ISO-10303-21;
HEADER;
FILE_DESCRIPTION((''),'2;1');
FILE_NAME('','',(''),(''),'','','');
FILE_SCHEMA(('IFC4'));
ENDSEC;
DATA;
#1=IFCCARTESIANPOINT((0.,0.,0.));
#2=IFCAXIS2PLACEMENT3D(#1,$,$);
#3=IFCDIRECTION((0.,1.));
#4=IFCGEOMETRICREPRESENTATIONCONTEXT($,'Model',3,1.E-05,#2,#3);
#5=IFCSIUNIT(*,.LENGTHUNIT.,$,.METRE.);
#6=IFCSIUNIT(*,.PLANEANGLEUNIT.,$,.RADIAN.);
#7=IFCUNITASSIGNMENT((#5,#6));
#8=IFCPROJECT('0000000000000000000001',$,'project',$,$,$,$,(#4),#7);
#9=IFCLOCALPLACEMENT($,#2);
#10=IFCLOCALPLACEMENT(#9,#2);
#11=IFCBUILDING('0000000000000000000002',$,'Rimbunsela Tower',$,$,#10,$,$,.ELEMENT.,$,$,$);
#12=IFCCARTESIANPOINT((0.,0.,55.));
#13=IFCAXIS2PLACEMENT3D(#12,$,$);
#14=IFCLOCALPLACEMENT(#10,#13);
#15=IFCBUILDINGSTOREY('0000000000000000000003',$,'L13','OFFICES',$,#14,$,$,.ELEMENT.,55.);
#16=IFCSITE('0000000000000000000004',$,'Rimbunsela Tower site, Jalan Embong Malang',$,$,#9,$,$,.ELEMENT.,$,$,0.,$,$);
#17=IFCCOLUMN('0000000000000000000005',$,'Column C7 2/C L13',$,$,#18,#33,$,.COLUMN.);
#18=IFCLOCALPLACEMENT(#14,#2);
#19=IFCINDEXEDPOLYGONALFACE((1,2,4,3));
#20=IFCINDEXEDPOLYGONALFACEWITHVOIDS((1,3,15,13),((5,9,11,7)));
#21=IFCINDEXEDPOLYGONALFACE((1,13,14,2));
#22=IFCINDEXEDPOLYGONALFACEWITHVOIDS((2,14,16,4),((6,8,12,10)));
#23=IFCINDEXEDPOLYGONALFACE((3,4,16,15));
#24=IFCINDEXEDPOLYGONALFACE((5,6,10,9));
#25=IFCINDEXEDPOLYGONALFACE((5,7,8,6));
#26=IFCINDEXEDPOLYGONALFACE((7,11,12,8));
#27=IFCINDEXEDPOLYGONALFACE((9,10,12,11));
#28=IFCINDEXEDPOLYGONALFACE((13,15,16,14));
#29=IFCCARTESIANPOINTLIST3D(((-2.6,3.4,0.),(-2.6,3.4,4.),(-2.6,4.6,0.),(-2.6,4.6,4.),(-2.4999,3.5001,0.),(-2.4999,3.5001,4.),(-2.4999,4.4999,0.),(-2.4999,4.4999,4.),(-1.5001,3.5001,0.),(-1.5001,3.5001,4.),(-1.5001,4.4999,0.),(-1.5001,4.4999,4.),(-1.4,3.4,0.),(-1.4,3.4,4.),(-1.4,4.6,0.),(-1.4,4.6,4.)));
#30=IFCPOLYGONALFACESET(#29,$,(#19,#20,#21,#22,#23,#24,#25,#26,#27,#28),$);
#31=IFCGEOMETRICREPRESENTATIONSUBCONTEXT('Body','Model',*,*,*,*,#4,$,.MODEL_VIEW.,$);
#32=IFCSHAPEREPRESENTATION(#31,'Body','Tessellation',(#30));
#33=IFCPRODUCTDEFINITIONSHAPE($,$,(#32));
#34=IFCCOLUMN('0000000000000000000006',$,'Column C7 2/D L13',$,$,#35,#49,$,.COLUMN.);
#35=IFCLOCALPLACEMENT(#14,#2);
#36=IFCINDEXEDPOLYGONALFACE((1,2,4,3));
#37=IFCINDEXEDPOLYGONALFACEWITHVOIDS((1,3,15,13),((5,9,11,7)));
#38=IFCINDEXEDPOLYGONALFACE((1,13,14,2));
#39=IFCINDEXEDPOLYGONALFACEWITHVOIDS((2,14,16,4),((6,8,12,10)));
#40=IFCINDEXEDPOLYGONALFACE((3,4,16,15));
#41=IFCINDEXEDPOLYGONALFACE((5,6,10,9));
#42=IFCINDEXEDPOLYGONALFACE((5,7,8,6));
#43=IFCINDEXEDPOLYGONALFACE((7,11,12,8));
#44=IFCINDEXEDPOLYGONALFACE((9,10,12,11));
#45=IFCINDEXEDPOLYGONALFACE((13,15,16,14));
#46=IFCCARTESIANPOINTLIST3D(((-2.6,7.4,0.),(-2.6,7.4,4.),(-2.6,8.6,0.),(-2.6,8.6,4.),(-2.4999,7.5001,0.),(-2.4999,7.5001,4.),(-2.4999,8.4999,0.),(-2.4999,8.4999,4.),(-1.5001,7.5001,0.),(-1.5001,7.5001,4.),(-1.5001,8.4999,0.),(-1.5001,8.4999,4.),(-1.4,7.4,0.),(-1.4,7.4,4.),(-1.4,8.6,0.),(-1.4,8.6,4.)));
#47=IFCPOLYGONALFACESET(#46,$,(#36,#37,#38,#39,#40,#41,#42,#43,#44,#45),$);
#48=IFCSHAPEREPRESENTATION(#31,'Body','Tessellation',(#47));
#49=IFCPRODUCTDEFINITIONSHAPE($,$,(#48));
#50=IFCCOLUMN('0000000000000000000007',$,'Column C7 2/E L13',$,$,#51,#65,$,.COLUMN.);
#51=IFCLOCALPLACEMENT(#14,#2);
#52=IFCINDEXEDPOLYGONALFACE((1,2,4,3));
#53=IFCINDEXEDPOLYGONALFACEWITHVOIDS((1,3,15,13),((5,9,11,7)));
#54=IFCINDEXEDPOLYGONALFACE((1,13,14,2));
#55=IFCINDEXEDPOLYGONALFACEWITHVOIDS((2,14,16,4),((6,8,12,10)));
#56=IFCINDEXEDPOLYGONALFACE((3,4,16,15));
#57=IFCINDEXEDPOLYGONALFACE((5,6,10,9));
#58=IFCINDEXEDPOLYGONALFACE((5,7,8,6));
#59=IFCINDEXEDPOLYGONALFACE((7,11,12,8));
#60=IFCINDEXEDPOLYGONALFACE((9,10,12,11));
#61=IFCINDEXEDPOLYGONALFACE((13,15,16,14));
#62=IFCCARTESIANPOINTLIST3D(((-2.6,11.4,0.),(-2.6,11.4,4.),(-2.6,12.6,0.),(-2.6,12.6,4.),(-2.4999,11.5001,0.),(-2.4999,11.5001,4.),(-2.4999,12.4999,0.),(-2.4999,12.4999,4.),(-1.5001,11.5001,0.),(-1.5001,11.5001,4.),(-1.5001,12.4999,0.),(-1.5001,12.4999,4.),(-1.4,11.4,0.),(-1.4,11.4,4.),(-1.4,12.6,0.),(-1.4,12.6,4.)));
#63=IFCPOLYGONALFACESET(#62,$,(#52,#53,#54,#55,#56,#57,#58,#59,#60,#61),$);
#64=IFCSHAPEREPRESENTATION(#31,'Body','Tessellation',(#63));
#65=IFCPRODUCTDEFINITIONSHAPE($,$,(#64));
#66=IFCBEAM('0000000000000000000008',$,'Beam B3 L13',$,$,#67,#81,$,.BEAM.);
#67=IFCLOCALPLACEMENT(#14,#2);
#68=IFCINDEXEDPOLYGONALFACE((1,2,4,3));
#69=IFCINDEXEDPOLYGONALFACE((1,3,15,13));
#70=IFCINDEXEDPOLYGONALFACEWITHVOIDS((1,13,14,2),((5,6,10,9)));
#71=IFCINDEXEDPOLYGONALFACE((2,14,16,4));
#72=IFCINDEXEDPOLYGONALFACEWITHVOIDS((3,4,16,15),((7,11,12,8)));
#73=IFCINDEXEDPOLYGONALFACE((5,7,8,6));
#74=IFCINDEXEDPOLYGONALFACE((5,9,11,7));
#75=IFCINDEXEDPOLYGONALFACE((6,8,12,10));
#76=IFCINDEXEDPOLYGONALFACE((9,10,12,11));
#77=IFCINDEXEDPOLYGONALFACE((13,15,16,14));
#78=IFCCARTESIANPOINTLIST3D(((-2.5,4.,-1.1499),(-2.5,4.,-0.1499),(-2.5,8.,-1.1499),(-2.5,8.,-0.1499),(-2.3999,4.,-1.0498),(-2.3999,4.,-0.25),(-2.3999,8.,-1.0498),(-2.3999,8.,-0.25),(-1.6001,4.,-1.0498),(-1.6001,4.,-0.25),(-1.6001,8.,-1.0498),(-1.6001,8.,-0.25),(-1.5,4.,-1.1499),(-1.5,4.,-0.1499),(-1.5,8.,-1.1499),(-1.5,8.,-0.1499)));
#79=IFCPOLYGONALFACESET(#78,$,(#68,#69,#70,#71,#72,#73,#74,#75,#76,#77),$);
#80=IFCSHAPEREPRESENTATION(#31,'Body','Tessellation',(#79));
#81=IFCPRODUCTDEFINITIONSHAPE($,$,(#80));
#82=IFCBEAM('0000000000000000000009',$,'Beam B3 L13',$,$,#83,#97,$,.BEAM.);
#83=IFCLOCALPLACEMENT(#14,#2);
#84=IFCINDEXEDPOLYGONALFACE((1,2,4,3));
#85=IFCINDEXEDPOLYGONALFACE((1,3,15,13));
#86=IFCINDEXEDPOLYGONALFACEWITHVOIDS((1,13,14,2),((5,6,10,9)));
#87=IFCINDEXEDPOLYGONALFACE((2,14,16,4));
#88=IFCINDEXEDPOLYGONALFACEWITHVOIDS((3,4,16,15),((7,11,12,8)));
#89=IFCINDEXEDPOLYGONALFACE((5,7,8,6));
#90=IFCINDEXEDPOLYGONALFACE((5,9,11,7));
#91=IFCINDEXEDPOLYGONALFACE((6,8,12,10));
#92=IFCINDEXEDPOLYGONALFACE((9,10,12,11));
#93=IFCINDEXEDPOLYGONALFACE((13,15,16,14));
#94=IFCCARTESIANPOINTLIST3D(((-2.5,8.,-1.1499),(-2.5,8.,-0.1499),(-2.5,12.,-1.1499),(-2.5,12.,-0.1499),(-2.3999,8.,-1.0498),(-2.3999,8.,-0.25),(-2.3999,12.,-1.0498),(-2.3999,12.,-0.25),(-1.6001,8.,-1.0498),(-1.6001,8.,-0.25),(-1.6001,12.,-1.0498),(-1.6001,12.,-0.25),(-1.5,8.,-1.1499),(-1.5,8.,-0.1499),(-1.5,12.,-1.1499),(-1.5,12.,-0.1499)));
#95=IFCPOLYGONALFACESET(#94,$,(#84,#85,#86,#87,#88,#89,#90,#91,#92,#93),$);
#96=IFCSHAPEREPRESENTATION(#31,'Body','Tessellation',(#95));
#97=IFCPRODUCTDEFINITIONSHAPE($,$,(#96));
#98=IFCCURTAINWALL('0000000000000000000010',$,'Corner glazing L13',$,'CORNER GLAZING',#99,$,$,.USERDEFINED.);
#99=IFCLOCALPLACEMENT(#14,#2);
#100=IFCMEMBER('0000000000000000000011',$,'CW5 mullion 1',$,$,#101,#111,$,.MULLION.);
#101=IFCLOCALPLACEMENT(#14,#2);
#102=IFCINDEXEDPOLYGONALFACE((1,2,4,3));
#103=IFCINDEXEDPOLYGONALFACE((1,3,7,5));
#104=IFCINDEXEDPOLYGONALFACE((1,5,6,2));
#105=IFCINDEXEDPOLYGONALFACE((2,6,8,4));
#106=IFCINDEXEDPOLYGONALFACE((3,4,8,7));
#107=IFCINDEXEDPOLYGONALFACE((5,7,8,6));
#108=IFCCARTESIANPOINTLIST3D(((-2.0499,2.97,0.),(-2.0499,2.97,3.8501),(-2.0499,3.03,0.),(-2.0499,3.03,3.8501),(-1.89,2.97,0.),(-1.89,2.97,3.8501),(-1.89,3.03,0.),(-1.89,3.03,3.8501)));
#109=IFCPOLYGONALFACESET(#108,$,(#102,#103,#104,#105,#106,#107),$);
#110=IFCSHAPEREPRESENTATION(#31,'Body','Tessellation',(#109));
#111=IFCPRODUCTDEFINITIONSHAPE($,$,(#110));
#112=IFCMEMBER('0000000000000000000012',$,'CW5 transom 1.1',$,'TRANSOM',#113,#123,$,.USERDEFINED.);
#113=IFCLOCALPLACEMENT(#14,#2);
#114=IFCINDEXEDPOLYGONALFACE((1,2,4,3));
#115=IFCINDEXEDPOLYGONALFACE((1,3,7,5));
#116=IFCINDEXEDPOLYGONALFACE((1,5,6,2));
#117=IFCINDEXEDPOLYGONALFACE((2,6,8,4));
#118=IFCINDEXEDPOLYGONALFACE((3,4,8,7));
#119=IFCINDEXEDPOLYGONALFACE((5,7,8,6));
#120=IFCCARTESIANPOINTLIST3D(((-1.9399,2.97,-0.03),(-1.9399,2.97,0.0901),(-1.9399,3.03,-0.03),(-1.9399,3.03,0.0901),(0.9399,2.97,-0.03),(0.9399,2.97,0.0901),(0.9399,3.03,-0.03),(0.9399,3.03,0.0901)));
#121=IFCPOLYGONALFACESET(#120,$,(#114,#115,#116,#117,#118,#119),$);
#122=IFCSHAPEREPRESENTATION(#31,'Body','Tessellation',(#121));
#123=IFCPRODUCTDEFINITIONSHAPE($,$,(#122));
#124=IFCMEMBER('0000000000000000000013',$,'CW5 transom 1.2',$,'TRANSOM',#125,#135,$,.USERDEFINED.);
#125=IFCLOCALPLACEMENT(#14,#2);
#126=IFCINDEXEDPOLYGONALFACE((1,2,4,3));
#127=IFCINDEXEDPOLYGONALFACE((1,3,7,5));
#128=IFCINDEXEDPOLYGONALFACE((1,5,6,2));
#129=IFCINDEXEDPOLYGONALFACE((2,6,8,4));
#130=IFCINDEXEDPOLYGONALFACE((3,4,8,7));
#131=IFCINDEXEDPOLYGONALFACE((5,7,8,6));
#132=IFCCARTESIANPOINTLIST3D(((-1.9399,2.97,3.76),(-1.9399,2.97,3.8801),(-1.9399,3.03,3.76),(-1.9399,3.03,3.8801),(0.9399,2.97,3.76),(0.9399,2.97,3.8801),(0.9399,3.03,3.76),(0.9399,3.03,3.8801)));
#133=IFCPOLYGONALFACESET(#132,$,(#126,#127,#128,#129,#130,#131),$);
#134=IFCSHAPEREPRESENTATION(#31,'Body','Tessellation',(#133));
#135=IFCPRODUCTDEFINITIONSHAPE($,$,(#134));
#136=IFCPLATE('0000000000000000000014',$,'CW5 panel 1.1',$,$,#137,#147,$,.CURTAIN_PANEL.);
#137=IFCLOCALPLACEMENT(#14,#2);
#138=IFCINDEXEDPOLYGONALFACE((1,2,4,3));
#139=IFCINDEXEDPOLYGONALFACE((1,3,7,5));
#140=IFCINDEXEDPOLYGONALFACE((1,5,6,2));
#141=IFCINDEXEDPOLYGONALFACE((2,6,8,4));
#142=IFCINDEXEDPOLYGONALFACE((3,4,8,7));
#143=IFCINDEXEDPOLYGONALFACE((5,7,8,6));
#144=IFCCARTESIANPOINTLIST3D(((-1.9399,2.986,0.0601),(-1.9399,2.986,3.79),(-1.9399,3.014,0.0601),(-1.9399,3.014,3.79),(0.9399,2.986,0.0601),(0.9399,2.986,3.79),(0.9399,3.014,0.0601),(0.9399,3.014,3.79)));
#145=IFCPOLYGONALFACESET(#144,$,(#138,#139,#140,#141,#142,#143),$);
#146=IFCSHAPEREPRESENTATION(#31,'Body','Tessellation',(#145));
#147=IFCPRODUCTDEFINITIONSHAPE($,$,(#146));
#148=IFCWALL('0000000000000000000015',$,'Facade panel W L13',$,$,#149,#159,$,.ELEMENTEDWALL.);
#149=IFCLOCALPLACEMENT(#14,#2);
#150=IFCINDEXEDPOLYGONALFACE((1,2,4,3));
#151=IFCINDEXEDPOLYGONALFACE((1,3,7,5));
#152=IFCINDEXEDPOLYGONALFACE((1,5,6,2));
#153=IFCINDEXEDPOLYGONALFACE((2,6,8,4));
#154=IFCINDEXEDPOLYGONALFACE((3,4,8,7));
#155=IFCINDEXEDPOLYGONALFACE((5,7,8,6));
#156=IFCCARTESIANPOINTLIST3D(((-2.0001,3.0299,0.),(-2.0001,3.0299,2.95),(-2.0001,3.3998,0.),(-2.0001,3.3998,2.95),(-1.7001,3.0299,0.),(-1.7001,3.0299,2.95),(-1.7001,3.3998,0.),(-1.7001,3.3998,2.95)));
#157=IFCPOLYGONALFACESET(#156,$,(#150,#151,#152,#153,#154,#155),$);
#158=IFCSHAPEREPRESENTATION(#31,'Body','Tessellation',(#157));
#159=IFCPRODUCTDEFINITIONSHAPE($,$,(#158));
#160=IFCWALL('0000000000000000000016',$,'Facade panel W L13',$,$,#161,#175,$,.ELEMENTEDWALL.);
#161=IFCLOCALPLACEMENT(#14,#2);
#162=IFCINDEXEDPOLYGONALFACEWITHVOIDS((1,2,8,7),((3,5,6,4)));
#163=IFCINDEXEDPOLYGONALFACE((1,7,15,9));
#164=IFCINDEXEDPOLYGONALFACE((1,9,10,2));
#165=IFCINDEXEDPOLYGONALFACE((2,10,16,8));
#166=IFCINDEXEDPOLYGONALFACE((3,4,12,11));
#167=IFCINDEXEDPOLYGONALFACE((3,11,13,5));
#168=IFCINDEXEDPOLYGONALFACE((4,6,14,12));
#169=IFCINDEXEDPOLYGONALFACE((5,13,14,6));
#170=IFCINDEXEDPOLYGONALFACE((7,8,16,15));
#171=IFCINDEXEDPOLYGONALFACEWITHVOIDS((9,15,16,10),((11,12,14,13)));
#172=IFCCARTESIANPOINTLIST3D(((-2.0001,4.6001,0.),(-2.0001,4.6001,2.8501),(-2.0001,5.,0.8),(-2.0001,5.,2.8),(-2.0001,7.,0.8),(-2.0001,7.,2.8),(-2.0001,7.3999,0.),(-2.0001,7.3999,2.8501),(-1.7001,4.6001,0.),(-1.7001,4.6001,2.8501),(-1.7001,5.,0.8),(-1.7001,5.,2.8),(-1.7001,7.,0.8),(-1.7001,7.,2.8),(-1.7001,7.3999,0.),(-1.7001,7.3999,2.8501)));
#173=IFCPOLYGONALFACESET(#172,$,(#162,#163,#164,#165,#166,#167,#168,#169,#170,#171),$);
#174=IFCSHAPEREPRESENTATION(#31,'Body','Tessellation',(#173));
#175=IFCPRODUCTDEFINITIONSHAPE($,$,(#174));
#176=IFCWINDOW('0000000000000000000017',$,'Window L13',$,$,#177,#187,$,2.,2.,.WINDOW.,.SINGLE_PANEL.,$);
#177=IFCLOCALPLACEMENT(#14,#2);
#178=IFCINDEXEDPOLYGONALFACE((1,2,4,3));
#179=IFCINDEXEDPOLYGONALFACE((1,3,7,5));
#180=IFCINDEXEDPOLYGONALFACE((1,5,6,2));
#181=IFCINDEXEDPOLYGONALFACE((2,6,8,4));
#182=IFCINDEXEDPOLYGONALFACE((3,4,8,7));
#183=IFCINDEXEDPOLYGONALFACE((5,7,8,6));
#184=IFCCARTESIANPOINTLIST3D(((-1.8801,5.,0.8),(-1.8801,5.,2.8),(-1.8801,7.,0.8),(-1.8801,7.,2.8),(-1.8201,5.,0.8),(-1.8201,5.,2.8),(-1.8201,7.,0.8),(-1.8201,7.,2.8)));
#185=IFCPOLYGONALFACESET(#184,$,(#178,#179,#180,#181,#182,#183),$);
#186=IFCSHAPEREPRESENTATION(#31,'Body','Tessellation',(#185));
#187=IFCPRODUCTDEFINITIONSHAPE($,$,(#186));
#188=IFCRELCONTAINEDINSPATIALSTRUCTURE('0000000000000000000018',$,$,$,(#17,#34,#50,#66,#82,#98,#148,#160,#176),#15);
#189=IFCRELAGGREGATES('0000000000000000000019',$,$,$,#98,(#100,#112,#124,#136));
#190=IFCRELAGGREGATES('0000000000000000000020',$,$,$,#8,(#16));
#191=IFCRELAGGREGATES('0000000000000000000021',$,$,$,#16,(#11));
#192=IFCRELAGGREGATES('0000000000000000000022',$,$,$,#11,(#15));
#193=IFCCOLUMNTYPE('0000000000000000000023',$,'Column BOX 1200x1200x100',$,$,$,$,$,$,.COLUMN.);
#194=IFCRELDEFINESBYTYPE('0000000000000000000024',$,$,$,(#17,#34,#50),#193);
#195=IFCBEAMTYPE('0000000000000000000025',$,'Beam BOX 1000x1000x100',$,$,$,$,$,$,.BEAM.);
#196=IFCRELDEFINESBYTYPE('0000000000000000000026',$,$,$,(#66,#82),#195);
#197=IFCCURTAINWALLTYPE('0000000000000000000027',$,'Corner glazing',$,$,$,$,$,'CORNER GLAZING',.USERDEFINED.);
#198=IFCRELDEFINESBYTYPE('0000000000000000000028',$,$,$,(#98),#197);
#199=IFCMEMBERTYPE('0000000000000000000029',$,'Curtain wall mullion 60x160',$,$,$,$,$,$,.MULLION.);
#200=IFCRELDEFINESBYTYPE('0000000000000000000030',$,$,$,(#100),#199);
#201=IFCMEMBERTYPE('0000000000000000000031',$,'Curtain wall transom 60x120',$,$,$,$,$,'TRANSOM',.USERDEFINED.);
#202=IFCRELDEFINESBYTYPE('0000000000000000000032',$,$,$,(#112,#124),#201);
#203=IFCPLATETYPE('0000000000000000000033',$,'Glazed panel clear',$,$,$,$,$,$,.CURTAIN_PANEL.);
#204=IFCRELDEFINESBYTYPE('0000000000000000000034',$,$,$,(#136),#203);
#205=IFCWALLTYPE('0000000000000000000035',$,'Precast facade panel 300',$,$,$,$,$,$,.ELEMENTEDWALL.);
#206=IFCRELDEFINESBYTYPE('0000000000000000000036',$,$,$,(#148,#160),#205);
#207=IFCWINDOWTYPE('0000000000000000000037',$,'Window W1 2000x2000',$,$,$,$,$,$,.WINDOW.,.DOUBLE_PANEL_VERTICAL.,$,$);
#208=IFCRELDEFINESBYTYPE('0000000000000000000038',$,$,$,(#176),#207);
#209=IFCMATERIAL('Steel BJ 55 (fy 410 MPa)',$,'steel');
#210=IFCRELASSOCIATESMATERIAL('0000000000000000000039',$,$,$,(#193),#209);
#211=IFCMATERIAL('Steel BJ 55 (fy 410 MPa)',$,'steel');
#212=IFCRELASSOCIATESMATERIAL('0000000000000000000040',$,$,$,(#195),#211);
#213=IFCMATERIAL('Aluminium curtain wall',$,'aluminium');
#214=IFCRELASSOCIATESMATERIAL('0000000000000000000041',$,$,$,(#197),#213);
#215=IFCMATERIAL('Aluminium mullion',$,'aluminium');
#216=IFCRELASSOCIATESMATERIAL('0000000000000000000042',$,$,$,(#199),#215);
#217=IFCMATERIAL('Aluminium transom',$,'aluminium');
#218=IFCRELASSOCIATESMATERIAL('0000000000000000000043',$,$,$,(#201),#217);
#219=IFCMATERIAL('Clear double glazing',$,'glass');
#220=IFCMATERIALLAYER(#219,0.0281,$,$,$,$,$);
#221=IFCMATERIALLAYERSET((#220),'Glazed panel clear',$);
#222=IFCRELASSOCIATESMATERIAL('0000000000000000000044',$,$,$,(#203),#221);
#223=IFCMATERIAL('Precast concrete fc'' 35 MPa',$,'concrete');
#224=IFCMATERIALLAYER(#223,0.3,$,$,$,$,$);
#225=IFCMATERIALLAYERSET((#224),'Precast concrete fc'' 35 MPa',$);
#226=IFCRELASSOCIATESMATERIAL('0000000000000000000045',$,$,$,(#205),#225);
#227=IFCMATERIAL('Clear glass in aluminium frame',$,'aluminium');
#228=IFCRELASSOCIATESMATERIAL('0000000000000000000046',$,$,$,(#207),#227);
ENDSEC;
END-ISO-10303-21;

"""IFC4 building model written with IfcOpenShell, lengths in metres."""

from ifc_helpers import new_model, si_unit, direction, frame, frame_2d, origin, origin_2d, place, context, subcontext, project, spatial, rectangle, hollow_rectangle, extrude, material, layer, layer_set, material_profile, profile_set, type_object, element, fill, aggregate, save


model = new_model("IFC4")

# Units and contexts
model_context = context("Model", 3, precision=1e-05, world=origin(), true_north=direction((0.0, 1.0)))
body_context = subcontext(model_context, "Body", "Model", "MODEL_VIEW")
ifc_project = project(units=[si_unit("LENGTHUNIT", "METRE"), si_unit("PLANEANGLEUNIT", "RADIAN")], contexts=[model_context])

# Site, building, storey
site_placement = place(None, origin())
site = spatial("IfcSite", under=ifc_project, at=site_placement, Name="Rimbunsela Tower site, Jalan Embong Malang", CompositionType="ELEMENT", RefElevation=0.0)
building_placement = place(site_placement, origin())
building = spatial("IfcBuilding", under=site, at=building_placement, Name="Rimbunsela Tower", CompositionType="ELEMENT")
storey_placement = place(building_placement, frame((0.0, 0.0, 55.0)))
storey = spatial("IfcBuildingStorey", under=building, at=storey_placement, Name="L13", Description="OFFICES", CompositionType="ELEMENT", Elevation=55.0)

# Columns
ifc_material_1 = material(Name="Steel BJ 55 (fy 410 MPa)", Category="steel")
ifc_material_profile_1 = material_profile(ifc_material_1, hollow_rectangle(XDim=1.2, YDim=1.2, WallThickness=0.1001, at=origin_2d()), Name="BOX 1200x1200x100")
ifc_profile_set_1 = profile_set([ifc_material_profile_1], Name="Steel BJ 55 (fy 410 MPa)")
column_type = type_object("IfcColumnType", Name="Column BOX 1200x1200x100", PredefinedType="COLUMN", material=ifc_profile_set_1)
for number, where, z_axis, x_axis, name in (
    (1, (-2.0, 4.0, 0.0), (0.0, 0.0, 1.0), (1.0, 0.0, 0.0), "Column C7 2/C L13"),
    (2, (-2.0, 8.0, 0.0), (0.0, 0.0, 1.0), (1.0, 0.0, 0.0), "Column C7 2/D L13"),
    (3, (-2.0, 12.0, 0.0), (0.0, 0.0, 1.0), (1.0, 0.0, 0.0), "Column C7 2/E L13"),
):
    element("IfcColumn", number, at=place(storey_placement, frame(where, z_axis=z_axis, x_axis=x_axis)), inside=storey, type_object=column_type, Name=name, PredefinedType="COLUMN", context=body_context, shape_type="SweptSolid", body=[
        extrude(hollow_rectangle(XDim=1.2, YDim=1.2, WallThickness=0.1001, at=origin_2d()), origin(), (0.0, 0.0, 1.0), 4.0),
    ])

# Beams
ifc_material_2 = material(Name="Steel BJ 55 (fy 410 MPa)", Category="steel")
ifc_material_profile_2 = material_profile(ifc_material_2, hollow_rectangle(XDim=1.0, YDim=1.0, WallThickness=0.1001, at=origin_2d()), Name="BOX 1000x1000x100")
ifc_profile_set_2 = profile_set([ifc_material_profile_2], Name="Steel BJ 55 (fy 410 MPa)")
beam_type = type_object("IfcBeamType", Name="Beam BOX 1000x1000x100", PredefinedType="BEAM", material=ifc_profile_set_2)
for number, where, z_axis, x_axis, name in (
    (4, (-2.0, 4.0, -0.6499), (0.0, 1.0, 0.0), (-1.0, 0.0, 0.0), "Beam B3 L13"),
    (5, (-2.0, 8.0, -0.6499), (0.0, 1.0, 0.0), (-1.0, 0.0, 0.0), "Beam B3 L13"),
):
    element("IfcBeam", number, at=place(storey_placement, frame(where, z_axis=z_axis, x_axis=x_axis)), inside=storey, type_object=beam_type, Name=name, PredefinedType="BEAM", context=body_context, shape_type="SweptSolid", body=[
        extrude(hollow_rectangle(XDim=1.0, YDim=1.0, WallThickness=0.1001, at=origin_2d()), origin(), (0.0, 0.0, 1.0), 4.0),
    ])

# Curtain wall, members, plate
ifc_material_3 = material(Name="Aluminium curtain wall", Category="aluminium")
curtain_wall_type = type_object("IfcCurtainWallType", Name="Corner glazing", ElementType="CORNER GLAZING", PredefinedType="USERDEFINED", material=ifc_material_3)
curtain_wall_placement = place(storey_placement, origin())
curtain_wall = element("IfcCurtainWall", 6, at=curtain_wall_placement, inside=storey, type_object=curtain_wall_type, Name="Corner glazing L13", ObjectType="CORNER GLAZING", PredefinedType="USERDEFINED")
ifc_material_4 = material(Name="Aluminium mullion", Category="aluminium")
ifc_material_profile_3 = material_profile(ifc_material_4, rectangle(XDim=0.0601, YDim=0.1599, at=origin_2d()), Name="Mullion 60x160")
ifc_profile_set_3 = profile_set([ifc_material_profile_3], Name="Aluminium mullion")
member_type_1 = type_object("IfcMemberType", Name="Curtain wall mullion 60x160", PredefinedType="MULLION", material=ifc_profile_set_3)
member_1_placement = place(storey_placement, frame((-1.97, 3.0, 0.0), z_axis=(0.0, 0.0, 1.0), x_axis=(0.0, 1.0, 0.0)))
member_1 = element("IfcMember", 7, at=member_1_placement, type_object=member_type_1, Name="CW5 mullion 1", PredefinedType="MULLION", context=body_context, shape_type="SweptSolid", body=[
    extrude(rectangle(XDim=0.0601, YDim=0.1599, at=origin_2d()), origin(), (0.0, 0.0, 1.0), 3.8501),
])
ifc_material_5 = material(Name="Aluminium transom", Category="aluminium")
ifc_material_profile_4 = material_profile(ifc_material_5, rectangle(XDim=0.0601, YDim=0.1201, at=origin_2d()), Name="Transom 60x120")
ifc_profile_set_4 = profile_set([ifc_material_profile_4], Name="Aluminium transom")
member_type_2 = type_object("IfcMemberType", Name="Curtain wall transom 60x120", ElementType="TRANSOM", PredefinedType="USERDEFINED", material=ifc_profile_set_4)
member_2_placement = place(storey_placement, frame((-1.9399, 3.0, 0.03), z_axis=(1.0, 0.0, 0.0), x_axis=(0.0, 1.0, 0.0)))
member_2 = element("IfcMember", 8, at=member_2_placement, type_object=member_type_2, Name="CW5 transom 1.1", ObjectType="TRANSOM", PredefinedType="USERDEFINED", context=body_context, shape_type="SweptSolid", body=[
    extrude(rectangle(XDim=0.0601, YDim=0.1201, at=origin_2d()), origin(), (0.0, 0.0, 1.0), 2.8799),
])
member_3_placement = place(storey_placement, frame((-1.9399, 3.0, 3.8201), z_axis=(1.0, 0.0, 0.0), x_axis=(0.0, 1.0, 0.0)))
member_3 = element("IfcMember", 9, at=member_3_placement, type_object=member_type_2, Name="CW5 transom 1.2", ObjectType="TRANSOM", PredefinedType="USERDEFINED", context=body_context, shape_type="SweptSolid", body=[
    extrude(rectangle(XDim=0.0601, YDim=0.1201, at=origin_2d()), origin(), (0.0, 0.0, 1.0), 2.8799),
])
ifc_material_6 = material(Name="Clear double glazing", Category="glass")
ifc_layer_1 = layer(ifc_material_6, 0.0281)
ifc_layer_set_1 = layer_set([ifc_layer_1], Name="Glazed panel clear")
plate_type = type_object("IfcPlateType", Name="Glazed panel clear", PredefinedType="CURTAIN_PANEL", material=ifc_layer_set_1)
plate_placement = place(storey_placement, frame((-0.5, 3.0, 0.0601), z_axis=(0.0, 0.0, 1.0), x_axis=(1.0, 0.0, 0.0)))
plate = element("IfcPlate", 10, at=plate_placement, type_object=plate_type, Name="CW5 panel 1.1", PredefinedType="CURTAIN_PANEL", context=body_context, shape_type="SweptSolid", body=[
    extrude(rectangle(XDim=2.8799, YDim=0.0281, at=origin_2d()), origin(), (0.0, 0.0, 1.0), 3.73),
])
aggregate(curtain_wall, [member_1, member_2, member_3, plate])

# Wall
ifc_material_7 = material(Name="Precast concrete fc' 35 MPa", Category="concrete")
ifc_layer_2 = layer(ifc_material_7, 0.3)
ifc_layer_set_2 = layer_set([ifc_layer_2], Name="Precast concrete fc' 35 MPa")
wall_type = type_object("IfcWallType", Name="Precast facade panel 300", PredefinedType="ELEMENTEDWALL", material=ifc_layer_set_2)
wall_1_placement = place(storey_placement, frame((-1.8501, 3.3999, 0.0), z_axis=(0.0, 0.0, 1.0), x_axis=(0.0, -1.0, 0.0)))
element("IfcWall", 11, at=wall_1_placement, inside=storey, type_object=wall_type, Name="Facade panel W L13", PredefinedType="ELEMENTEDWALL", context=body_context, shape_type="SweptSolid", body=[
    extrude(rectangle(XDim=0.3699, YDim=0.3, at=frame_2d((0.1851, 0.0))), origin(), (0.0, 0.0, 1.0), 2.95),
])

# Wall, opening, window
wall_2_placement = place(storey_placement, frame((-1.8501, 7.3999, 0.0), z_axis=(0.0, 0.0, 1.0), x_axis=(0.0, -1.0, 0.0)))
wall_2 = element("IfcWall", 12, at=wall_2_placement, inside=storey, type_object=wall_type, Name="Facade panel W L13", PredefinedType="ELEMENTEDWALL", context=body_context, shape_type="SweptSolid", body=[
    extrude(rectangle(XDim=2.7998, YDim=0.3, at=frame_2d((1.3999, 0.0))), origin(), (0.0, 0.0, 1.0), 2.8501),
])
opening_1_placement = place(wall_2_placement, frame((0.3999, 0.0, 0.8)))
opening_1 = element("IfcOpeningElement", 13, at=opening_1_placement, cuts=wall_2, PredefinedType="OPENING", context=body_context, shape_type="SweptSolid", body=[
    extrude(rectangle(XDim=2.0, YDim=2.0, at=frame_2d((1.0, 1.0))), frame((0.0, 0.1599, 0.0), z_axis=(0.0, -1.0, 0.0), x_axis=(1.0, 0.0, 0.0)), (0.0, 0.0, 1.0), 0.3201),
])
ifc_material_8 = material(Name="Clear glass in aluminium frame", Category="aluminium")
window_type = type_object("IfcWindowType", Name="Window W1 2000x2000", PartitioningType="DOUBLE_PANEL_VERTICAL", PredefinedType="WINDOW", material=ifc_material_8)
window_1_placement = place(opening_1_placement, origin())
window_1 = element("IfcWindow", 14, at=window_1_placement, inside=storey, type_object=window_type, Name="Window L13", OverallHeight=2.0, OverallWidth=2.0, PartitioningType="SINGLE_PANEL", PredefinedType="WINDOW", context=body_context, shape_type="SweptSolid", body=[
    extrude(rectangle(XDim=2.0, YDim=2.0, at=frame_2d((1.0, 1.0))), frame((0.0, 0.03, 0.0), z_axis=(0.0, -1.0, 0.0), x_axis=(1.0, 0.0, 0.0)), (0.0, 0.0, 1.0), 0.0601),
])
fill(opening_1, window_1)

save(model, "model.ifc")
